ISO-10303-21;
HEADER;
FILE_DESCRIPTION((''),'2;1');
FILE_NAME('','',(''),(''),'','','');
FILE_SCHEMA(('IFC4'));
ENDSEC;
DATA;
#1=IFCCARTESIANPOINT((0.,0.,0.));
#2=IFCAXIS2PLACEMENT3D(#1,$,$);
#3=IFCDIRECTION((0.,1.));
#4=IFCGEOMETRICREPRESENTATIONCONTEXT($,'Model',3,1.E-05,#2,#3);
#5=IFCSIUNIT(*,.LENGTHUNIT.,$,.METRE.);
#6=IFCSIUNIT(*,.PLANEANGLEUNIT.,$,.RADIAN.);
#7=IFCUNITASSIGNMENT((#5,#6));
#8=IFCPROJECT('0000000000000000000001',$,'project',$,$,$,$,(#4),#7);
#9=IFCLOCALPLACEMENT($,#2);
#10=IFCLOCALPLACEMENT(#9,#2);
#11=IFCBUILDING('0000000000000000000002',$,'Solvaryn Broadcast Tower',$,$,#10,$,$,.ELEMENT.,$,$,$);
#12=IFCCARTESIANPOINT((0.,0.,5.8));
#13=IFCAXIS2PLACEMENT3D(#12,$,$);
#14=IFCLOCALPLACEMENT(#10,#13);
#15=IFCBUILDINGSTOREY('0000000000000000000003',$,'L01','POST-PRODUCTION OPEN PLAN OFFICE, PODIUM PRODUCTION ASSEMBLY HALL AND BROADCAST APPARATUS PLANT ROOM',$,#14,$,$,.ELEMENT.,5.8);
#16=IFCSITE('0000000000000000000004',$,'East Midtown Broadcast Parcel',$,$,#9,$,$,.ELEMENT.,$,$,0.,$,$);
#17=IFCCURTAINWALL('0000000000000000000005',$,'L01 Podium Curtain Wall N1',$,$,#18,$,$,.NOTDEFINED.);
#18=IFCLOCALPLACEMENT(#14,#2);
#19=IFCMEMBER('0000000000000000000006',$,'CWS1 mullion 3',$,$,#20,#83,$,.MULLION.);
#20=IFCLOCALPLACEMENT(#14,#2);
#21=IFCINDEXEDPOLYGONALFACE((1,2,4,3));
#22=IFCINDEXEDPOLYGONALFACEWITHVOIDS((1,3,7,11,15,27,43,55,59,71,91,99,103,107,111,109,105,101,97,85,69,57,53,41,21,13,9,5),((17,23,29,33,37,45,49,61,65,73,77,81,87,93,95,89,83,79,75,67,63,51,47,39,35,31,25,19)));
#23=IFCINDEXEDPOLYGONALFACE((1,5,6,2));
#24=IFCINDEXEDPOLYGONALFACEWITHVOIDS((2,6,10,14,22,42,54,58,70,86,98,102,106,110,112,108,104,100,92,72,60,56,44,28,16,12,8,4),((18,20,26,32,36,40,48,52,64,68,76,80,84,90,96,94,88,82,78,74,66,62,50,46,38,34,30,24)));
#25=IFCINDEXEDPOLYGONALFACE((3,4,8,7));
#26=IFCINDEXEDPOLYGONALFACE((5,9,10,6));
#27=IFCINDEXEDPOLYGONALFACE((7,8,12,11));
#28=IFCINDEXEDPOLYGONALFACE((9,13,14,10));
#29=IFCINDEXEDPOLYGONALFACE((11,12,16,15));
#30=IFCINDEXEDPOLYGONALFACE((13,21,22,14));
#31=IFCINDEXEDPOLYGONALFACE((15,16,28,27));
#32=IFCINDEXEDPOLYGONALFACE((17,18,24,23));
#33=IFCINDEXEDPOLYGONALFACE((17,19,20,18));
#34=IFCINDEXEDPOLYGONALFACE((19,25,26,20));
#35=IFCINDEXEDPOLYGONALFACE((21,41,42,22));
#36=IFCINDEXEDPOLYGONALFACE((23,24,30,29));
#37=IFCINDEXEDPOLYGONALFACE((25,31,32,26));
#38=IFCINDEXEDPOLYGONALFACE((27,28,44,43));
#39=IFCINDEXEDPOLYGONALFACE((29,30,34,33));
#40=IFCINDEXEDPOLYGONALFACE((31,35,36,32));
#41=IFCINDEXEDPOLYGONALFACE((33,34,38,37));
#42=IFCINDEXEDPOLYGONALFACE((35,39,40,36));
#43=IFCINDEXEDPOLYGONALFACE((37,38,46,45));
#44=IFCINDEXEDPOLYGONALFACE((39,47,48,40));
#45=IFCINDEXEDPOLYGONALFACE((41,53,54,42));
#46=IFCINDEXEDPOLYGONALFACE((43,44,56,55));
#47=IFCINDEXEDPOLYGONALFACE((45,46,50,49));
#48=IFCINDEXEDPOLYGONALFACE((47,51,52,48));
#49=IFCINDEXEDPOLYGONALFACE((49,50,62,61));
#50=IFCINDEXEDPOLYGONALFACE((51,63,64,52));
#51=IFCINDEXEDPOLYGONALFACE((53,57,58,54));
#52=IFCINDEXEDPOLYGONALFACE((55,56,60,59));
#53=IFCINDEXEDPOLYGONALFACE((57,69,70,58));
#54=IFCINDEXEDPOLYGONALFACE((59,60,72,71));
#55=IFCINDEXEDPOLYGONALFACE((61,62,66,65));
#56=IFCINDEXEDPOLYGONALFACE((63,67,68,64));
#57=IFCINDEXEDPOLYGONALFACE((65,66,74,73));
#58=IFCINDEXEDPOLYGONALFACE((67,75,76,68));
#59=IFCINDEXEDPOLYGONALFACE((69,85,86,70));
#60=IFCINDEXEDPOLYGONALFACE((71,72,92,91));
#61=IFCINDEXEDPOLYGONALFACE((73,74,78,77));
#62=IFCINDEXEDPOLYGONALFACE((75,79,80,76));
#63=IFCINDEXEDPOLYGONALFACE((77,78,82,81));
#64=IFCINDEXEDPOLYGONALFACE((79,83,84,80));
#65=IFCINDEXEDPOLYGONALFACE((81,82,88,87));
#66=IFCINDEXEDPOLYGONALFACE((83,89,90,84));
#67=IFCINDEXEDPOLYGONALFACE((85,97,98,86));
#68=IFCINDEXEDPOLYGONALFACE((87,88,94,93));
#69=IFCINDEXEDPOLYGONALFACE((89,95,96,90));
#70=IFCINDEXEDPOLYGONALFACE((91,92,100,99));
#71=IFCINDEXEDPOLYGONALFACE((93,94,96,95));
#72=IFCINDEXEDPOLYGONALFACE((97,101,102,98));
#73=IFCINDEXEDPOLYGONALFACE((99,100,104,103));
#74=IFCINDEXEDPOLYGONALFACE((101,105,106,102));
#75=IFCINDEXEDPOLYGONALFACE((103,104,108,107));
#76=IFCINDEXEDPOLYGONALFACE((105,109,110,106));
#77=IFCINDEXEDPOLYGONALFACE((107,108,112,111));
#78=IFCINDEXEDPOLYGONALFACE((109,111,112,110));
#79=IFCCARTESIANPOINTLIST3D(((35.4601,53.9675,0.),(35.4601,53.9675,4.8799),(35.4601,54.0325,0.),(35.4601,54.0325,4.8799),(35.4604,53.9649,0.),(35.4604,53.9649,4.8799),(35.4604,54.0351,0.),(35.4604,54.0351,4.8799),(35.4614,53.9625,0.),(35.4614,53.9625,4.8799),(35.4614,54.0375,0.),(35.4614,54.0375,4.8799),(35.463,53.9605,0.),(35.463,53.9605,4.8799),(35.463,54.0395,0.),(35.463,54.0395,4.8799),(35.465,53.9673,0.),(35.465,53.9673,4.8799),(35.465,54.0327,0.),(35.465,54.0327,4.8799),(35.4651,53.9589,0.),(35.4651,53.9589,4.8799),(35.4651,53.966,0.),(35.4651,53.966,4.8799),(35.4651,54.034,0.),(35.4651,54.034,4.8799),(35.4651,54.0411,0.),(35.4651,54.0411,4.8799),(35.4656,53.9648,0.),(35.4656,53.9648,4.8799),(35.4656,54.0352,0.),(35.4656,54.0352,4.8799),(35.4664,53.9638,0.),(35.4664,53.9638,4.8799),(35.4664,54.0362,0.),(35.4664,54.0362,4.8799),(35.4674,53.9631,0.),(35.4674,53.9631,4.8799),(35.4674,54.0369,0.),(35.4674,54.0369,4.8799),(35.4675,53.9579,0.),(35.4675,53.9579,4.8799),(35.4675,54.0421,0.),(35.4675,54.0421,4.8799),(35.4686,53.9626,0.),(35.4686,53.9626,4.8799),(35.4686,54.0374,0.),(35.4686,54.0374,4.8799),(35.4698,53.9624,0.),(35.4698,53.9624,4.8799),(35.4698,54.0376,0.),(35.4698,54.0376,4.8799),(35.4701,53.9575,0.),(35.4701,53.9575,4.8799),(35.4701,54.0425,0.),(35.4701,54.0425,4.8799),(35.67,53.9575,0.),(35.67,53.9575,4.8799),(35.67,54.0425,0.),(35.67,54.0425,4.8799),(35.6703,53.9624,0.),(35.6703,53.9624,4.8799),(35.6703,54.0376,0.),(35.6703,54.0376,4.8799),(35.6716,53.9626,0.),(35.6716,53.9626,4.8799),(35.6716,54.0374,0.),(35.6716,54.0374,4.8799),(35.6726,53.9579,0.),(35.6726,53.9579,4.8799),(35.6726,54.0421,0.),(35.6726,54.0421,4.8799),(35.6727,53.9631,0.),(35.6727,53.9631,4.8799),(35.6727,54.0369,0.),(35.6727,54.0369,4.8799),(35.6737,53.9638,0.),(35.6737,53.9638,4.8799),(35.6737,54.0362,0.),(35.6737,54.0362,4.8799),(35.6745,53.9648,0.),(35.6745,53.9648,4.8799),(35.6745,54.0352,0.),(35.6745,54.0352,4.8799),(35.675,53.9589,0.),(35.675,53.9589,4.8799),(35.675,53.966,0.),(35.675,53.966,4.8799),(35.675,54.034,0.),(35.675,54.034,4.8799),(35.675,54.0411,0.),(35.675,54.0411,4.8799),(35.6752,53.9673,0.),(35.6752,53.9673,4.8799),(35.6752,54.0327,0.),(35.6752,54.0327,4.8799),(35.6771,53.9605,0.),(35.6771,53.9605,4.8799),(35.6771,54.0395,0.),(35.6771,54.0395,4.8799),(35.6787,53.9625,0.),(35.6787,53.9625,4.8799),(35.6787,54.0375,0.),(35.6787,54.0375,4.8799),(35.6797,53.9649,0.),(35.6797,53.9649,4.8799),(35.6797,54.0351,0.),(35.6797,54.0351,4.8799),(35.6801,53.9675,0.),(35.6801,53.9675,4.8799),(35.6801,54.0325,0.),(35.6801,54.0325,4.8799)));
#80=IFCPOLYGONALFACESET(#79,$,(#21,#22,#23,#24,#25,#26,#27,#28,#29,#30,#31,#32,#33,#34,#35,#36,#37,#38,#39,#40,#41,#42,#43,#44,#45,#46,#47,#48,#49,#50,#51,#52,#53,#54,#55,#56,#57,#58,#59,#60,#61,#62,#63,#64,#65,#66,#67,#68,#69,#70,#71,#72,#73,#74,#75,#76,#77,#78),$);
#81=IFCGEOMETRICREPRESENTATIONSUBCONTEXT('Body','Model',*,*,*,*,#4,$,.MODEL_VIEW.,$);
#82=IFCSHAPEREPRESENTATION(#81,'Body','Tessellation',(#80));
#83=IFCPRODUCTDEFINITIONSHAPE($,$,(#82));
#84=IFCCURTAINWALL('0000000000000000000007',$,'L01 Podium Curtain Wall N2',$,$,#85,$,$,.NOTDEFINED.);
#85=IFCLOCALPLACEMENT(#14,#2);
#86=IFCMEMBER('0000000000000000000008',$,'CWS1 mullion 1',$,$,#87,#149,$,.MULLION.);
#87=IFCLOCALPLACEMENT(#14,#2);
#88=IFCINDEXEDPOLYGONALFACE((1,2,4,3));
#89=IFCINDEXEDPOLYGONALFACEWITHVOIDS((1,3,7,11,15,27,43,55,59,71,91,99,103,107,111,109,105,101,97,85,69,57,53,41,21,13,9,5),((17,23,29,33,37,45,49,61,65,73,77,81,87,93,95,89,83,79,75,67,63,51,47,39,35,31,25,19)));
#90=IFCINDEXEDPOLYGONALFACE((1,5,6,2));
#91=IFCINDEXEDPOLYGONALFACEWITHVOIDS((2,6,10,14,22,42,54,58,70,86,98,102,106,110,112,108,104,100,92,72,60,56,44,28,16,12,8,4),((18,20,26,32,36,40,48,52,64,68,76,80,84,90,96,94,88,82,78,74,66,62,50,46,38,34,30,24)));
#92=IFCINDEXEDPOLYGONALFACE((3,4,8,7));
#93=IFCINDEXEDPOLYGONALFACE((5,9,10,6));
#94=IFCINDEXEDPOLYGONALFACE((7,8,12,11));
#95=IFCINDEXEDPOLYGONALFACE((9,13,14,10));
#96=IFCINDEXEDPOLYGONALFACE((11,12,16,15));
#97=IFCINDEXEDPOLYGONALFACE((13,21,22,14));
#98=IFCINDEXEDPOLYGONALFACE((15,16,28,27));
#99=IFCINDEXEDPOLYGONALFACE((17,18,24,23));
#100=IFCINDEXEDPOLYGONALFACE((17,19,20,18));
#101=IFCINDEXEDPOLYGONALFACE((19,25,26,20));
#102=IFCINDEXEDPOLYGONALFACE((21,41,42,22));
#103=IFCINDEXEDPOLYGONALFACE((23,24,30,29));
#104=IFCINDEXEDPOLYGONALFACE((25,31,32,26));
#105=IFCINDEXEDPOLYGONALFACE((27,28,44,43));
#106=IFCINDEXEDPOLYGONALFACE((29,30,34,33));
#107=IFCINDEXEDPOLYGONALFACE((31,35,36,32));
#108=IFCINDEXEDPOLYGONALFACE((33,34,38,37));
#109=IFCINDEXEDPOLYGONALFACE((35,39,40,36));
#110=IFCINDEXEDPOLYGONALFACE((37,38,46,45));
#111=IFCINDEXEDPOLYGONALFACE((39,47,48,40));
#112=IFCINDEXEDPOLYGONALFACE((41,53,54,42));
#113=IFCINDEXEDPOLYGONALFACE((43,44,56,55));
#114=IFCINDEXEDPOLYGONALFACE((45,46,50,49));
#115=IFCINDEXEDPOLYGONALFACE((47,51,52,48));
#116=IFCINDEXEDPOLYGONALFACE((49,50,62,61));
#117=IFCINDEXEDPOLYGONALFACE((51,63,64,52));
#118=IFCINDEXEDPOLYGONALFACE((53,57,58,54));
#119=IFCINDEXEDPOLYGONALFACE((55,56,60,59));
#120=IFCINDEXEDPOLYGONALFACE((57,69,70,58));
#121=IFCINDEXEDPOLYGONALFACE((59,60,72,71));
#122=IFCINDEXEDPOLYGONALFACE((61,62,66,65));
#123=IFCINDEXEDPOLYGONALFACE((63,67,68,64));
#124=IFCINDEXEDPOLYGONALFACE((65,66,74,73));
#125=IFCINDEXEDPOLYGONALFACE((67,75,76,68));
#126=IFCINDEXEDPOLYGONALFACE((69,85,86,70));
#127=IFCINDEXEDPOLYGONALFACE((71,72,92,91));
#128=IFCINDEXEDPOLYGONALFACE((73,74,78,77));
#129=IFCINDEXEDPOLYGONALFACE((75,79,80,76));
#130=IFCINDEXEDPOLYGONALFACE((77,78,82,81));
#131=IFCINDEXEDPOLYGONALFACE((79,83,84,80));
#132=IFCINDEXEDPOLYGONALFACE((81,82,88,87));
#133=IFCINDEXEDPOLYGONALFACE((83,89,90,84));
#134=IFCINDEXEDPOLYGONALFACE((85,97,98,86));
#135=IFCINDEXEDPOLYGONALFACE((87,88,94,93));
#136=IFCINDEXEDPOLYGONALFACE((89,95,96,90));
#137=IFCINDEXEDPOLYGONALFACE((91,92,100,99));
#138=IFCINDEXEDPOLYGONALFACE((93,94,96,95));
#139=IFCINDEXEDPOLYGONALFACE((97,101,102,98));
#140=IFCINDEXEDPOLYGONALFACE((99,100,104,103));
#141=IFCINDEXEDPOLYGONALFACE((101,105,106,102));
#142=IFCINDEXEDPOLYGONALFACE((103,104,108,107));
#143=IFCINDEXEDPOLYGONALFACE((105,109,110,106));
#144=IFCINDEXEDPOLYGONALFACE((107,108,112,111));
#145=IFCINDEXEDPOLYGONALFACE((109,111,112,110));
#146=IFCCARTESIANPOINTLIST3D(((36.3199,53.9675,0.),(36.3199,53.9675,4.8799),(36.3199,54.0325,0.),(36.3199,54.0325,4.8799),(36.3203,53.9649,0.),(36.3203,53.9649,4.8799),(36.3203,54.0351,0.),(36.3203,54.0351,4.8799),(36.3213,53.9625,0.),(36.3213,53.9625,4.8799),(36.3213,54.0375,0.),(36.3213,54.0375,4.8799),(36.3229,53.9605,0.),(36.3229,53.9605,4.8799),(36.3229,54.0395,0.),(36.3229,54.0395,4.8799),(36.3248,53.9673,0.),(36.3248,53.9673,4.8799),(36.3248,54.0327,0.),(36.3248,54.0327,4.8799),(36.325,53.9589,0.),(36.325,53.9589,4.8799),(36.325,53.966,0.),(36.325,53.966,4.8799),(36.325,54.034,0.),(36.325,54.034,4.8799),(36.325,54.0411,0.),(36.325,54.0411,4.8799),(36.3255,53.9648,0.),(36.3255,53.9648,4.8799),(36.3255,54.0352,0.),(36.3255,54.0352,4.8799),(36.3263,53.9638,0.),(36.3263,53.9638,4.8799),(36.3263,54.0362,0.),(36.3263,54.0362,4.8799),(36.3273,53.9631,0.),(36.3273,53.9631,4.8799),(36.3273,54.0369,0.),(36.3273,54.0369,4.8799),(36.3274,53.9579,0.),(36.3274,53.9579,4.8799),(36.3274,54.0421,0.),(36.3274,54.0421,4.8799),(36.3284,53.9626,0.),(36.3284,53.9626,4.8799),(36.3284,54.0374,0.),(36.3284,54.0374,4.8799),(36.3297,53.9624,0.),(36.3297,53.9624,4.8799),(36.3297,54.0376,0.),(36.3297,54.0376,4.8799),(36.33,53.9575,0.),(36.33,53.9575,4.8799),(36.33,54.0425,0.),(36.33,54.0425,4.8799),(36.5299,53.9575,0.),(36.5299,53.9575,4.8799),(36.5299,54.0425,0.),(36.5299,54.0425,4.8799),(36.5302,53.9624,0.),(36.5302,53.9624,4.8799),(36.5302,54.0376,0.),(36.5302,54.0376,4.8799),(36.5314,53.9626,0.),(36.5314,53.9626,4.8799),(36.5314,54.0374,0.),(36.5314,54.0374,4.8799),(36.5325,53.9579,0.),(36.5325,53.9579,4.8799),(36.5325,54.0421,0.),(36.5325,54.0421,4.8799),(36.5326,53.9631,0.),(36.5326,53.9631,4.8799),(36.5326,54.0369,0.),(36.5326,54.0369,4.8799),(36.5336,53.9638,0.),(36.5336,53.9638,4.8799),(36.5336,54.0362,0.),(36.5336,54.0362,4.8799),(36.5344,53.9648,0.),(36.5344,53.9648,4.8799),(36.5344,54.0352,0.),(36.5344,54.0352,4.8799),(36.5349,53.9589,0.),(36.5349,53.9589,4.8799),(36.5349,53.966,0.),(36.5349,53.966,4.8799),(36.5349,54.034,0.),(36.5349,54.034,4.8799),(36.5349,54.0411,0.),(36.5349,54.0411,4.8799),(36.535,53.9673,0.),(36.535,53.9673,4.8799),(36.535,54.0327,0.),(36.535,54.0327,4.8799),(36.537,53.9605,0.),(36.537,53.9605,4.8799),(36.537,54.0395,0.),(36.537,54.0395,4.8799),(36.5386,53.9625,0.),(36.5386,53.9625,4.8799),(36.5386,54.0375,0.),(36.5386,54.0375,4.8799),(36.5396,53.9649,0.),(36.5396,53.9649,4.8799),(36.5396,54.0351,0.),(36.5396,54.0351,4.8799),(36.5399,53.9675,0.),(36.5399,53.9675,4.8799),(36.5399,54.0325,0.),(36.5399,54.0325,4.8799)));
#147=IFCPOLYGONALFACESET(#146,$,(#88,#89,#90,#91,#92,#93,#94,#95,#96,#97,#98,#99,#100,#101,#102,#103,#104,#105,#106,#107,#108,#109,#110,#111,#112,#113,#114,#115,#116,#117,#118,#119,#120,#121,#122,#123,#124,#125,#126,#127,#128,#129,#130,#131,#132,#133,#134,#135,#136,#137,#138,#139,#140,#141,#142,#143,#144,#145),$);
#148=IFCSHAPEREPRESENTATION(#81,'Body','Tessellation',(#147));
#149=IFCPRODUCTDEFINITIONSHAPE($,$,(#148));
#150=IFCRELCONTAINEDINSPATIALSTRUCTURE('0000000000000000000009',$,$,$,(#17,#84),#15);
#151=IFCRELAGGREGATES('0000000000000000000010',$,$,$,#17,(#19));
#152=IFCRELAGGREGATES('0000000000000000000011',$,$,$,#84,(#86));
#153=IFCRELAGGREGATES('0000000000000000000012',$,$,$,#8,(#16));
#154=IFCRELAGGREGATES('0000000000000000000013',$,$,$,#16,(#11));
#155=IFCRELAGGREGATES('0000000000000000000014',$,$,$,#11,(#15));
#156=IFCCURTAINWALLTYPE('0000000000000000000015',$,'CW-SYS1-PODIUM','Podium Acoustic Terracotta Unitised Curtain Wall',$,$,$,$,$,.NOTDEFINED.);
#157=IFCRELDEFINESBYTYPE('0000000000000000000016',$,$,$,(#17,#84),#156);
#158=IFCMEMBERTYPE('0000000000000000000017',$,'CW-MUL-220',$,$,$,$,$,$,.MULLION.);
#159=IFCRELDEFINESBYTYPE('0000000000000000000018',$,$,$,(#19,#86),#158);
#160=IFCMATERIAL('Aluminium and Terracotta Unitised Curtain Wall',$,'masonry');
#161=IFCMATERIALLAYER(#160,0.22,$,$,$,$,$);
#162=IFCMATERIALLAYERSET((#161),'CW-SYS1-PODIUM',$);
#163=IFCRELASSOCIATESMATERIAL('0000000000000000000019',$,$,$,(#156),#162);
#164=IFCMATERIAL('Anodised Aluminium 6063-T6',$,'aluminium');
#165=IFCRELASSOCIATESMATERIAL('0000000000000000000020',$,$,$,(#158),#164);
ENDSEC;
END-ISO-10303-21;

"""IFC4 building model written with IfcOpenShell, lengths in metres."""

from ifc_helpers import new_model, si_unit, direction, frame, origin, origin_2d, place, context, subcontext, project, spatial, hollow_rectangle, extrude, material, layer, layer_set, material_profile, profile_set, type_object, element, aggregate, save


model = new_model("IFC4")

# Units and contexts
model_context = context("Model", 3, precision=1e-05, world=origin(), true_north=direction((0.0, 1.0)))
body_context = subcontext(model_context, "Body", "Model", "MODEL_VIEW")
ifc_project = project(units=[si_unit("LENGTHUNIT", "METRE"), si_unit("PLANEANGLEUNIT", "RADIAN")], contexts=[model_context])

# Site, building, storey
site_placement = place(None, origin())
site = spatial("IfcSite", under=ifc_project, at=site_placement, Name="East Midtown Broadcast Parcel", CompositionType="ELEMENT", RefElevation=0.0)
building_placement = place(site_placement, origin())
building = spatial("IfcBuilding", under=site, at=building_placement, Name="Solvaryn Broadcast Tower", CompositionType="ELEMENT")
storey_placement = place(building_placement, frame((0.0, 0.0, 5.8)))
storey = spatial("IfcBuildingStorey", under=building, at=storey_placement, Name="L01", Description="POST-PRODUCTION OPEN PLAN OFFICE, PODIUM PRODUCTION ASSEMBLY HALL AND BROADCAST APPARATUS PLANT ROOM", CompositionType="ELEMENT", Elevation=5.8)

# Curtain wall, member
ifc_material_1 = material(Name="Aluminium and Terracotta Unitised Curtain Wall", Category="masonry")
ifc_layer_1 = layer(ifc_material_1, 0.22)
ifc_layer_set_1 = layer_set([ifc_layer_1], Name="CW-SYS1-PODIUM")
curtain_wall_type = type_object("IfcCurtainWallType", Name="CW-SYS1-PODIUM", Description="Podium Acoustic Terracotta Unitised Curtain Wall", PredefinedType="NOTDEFINED", material=ifc_layer_set_1)
curtain_wall_1_placement = place(storey_placement, origin())
curtain_wall_1 = element("IfcCurtainWall", 1, at=curtain_wall_1_placement, inside=storey, type_object=curtain_wall_type, Name="L01 Podium Curtain Wall N1", PredefinedType="NOTDEFINED")
ifc_material_2 = material(Name="Anodised Aluminium 6063-T6", Category="aluminium")
ifc_material_profile_1 = material_profile(ifc_material_2, hollow_rectangle(XDim=0.085, YDim=0.22, WallThickness=0.0049, InnerFilletRadius=0.0049, OuterFilletRadius=0.01, at=origin_2d()))
ifc_profile_set_1 = profile_set([ifc_material_profile_1], Name="Anodised Aluminium 6063-T6")
member_type_1 = type_object("IfcMemberType", Name="CW-MUL-220", PredefinedType="MULLION", material=ifc_profile_set_1)
member_1_placement = place(storey_placement, frame((35.5701, 54.0, 0.0), z_axis=(0.0, 0.0, 1.0), x_axis=(0.0, 1.0, 0.0)))
member_1 = element("IfcMember", 2, at=member_1_placement, type_object=member_type_1, Name="CWS1 mullion 3", PredefinedType="MULLION", context=body_context, shape_type="SweptSolid", body=[
    extrude(hollow_rectangle(XDim=0.085, YDim=0.22, WallThickness=0.0049, InnerFilletRadius=0.0049, OuterFilletRadius=0.01, at=origin_2d()), origin(), (0.0, 0.0, 1.0), 4.8799),
])

# Curtain wall, member
curtain_wall_2_placement = place(storey_placement, origin())
curtain_wall_2 = element("IfcCurtainWall", 3, at=curtain_wall_2_placement, inside=storey, type_object=curtain_wall_type, Name="L01 Podium Curtain Wall N2", PredefinedType="NOTDEFINED")
member_2_placement = place(storey_placement, frame((36.4299, 54.0, 0.0), z_axis=(0.0, 0.0, 1.0), x_axis=(0.0, 1.0, 0.0)))
member_2 = element("IfcMember", 4, at=member_2_placement, type_object=member_type_1, Name="CWS1 mullion 1", PredefinedType="MULLION", context=body_context, shape_type="SweptSolid", body=[
    extrude(hollow_rectangle(XDim=0.085, YDim=0.22, WallThickness=0.0049, InnerFilletRadius=0.0049, OuterFilletRadius=0.01, at=origin_2d()), origin(), (0.0, 0.0, 1.0), 4.8799),
])

aggregate(curtain_wall_1, [member_1])
aggregate(curtain_wall_2, [member_2])

save(model, "model.ifc")
